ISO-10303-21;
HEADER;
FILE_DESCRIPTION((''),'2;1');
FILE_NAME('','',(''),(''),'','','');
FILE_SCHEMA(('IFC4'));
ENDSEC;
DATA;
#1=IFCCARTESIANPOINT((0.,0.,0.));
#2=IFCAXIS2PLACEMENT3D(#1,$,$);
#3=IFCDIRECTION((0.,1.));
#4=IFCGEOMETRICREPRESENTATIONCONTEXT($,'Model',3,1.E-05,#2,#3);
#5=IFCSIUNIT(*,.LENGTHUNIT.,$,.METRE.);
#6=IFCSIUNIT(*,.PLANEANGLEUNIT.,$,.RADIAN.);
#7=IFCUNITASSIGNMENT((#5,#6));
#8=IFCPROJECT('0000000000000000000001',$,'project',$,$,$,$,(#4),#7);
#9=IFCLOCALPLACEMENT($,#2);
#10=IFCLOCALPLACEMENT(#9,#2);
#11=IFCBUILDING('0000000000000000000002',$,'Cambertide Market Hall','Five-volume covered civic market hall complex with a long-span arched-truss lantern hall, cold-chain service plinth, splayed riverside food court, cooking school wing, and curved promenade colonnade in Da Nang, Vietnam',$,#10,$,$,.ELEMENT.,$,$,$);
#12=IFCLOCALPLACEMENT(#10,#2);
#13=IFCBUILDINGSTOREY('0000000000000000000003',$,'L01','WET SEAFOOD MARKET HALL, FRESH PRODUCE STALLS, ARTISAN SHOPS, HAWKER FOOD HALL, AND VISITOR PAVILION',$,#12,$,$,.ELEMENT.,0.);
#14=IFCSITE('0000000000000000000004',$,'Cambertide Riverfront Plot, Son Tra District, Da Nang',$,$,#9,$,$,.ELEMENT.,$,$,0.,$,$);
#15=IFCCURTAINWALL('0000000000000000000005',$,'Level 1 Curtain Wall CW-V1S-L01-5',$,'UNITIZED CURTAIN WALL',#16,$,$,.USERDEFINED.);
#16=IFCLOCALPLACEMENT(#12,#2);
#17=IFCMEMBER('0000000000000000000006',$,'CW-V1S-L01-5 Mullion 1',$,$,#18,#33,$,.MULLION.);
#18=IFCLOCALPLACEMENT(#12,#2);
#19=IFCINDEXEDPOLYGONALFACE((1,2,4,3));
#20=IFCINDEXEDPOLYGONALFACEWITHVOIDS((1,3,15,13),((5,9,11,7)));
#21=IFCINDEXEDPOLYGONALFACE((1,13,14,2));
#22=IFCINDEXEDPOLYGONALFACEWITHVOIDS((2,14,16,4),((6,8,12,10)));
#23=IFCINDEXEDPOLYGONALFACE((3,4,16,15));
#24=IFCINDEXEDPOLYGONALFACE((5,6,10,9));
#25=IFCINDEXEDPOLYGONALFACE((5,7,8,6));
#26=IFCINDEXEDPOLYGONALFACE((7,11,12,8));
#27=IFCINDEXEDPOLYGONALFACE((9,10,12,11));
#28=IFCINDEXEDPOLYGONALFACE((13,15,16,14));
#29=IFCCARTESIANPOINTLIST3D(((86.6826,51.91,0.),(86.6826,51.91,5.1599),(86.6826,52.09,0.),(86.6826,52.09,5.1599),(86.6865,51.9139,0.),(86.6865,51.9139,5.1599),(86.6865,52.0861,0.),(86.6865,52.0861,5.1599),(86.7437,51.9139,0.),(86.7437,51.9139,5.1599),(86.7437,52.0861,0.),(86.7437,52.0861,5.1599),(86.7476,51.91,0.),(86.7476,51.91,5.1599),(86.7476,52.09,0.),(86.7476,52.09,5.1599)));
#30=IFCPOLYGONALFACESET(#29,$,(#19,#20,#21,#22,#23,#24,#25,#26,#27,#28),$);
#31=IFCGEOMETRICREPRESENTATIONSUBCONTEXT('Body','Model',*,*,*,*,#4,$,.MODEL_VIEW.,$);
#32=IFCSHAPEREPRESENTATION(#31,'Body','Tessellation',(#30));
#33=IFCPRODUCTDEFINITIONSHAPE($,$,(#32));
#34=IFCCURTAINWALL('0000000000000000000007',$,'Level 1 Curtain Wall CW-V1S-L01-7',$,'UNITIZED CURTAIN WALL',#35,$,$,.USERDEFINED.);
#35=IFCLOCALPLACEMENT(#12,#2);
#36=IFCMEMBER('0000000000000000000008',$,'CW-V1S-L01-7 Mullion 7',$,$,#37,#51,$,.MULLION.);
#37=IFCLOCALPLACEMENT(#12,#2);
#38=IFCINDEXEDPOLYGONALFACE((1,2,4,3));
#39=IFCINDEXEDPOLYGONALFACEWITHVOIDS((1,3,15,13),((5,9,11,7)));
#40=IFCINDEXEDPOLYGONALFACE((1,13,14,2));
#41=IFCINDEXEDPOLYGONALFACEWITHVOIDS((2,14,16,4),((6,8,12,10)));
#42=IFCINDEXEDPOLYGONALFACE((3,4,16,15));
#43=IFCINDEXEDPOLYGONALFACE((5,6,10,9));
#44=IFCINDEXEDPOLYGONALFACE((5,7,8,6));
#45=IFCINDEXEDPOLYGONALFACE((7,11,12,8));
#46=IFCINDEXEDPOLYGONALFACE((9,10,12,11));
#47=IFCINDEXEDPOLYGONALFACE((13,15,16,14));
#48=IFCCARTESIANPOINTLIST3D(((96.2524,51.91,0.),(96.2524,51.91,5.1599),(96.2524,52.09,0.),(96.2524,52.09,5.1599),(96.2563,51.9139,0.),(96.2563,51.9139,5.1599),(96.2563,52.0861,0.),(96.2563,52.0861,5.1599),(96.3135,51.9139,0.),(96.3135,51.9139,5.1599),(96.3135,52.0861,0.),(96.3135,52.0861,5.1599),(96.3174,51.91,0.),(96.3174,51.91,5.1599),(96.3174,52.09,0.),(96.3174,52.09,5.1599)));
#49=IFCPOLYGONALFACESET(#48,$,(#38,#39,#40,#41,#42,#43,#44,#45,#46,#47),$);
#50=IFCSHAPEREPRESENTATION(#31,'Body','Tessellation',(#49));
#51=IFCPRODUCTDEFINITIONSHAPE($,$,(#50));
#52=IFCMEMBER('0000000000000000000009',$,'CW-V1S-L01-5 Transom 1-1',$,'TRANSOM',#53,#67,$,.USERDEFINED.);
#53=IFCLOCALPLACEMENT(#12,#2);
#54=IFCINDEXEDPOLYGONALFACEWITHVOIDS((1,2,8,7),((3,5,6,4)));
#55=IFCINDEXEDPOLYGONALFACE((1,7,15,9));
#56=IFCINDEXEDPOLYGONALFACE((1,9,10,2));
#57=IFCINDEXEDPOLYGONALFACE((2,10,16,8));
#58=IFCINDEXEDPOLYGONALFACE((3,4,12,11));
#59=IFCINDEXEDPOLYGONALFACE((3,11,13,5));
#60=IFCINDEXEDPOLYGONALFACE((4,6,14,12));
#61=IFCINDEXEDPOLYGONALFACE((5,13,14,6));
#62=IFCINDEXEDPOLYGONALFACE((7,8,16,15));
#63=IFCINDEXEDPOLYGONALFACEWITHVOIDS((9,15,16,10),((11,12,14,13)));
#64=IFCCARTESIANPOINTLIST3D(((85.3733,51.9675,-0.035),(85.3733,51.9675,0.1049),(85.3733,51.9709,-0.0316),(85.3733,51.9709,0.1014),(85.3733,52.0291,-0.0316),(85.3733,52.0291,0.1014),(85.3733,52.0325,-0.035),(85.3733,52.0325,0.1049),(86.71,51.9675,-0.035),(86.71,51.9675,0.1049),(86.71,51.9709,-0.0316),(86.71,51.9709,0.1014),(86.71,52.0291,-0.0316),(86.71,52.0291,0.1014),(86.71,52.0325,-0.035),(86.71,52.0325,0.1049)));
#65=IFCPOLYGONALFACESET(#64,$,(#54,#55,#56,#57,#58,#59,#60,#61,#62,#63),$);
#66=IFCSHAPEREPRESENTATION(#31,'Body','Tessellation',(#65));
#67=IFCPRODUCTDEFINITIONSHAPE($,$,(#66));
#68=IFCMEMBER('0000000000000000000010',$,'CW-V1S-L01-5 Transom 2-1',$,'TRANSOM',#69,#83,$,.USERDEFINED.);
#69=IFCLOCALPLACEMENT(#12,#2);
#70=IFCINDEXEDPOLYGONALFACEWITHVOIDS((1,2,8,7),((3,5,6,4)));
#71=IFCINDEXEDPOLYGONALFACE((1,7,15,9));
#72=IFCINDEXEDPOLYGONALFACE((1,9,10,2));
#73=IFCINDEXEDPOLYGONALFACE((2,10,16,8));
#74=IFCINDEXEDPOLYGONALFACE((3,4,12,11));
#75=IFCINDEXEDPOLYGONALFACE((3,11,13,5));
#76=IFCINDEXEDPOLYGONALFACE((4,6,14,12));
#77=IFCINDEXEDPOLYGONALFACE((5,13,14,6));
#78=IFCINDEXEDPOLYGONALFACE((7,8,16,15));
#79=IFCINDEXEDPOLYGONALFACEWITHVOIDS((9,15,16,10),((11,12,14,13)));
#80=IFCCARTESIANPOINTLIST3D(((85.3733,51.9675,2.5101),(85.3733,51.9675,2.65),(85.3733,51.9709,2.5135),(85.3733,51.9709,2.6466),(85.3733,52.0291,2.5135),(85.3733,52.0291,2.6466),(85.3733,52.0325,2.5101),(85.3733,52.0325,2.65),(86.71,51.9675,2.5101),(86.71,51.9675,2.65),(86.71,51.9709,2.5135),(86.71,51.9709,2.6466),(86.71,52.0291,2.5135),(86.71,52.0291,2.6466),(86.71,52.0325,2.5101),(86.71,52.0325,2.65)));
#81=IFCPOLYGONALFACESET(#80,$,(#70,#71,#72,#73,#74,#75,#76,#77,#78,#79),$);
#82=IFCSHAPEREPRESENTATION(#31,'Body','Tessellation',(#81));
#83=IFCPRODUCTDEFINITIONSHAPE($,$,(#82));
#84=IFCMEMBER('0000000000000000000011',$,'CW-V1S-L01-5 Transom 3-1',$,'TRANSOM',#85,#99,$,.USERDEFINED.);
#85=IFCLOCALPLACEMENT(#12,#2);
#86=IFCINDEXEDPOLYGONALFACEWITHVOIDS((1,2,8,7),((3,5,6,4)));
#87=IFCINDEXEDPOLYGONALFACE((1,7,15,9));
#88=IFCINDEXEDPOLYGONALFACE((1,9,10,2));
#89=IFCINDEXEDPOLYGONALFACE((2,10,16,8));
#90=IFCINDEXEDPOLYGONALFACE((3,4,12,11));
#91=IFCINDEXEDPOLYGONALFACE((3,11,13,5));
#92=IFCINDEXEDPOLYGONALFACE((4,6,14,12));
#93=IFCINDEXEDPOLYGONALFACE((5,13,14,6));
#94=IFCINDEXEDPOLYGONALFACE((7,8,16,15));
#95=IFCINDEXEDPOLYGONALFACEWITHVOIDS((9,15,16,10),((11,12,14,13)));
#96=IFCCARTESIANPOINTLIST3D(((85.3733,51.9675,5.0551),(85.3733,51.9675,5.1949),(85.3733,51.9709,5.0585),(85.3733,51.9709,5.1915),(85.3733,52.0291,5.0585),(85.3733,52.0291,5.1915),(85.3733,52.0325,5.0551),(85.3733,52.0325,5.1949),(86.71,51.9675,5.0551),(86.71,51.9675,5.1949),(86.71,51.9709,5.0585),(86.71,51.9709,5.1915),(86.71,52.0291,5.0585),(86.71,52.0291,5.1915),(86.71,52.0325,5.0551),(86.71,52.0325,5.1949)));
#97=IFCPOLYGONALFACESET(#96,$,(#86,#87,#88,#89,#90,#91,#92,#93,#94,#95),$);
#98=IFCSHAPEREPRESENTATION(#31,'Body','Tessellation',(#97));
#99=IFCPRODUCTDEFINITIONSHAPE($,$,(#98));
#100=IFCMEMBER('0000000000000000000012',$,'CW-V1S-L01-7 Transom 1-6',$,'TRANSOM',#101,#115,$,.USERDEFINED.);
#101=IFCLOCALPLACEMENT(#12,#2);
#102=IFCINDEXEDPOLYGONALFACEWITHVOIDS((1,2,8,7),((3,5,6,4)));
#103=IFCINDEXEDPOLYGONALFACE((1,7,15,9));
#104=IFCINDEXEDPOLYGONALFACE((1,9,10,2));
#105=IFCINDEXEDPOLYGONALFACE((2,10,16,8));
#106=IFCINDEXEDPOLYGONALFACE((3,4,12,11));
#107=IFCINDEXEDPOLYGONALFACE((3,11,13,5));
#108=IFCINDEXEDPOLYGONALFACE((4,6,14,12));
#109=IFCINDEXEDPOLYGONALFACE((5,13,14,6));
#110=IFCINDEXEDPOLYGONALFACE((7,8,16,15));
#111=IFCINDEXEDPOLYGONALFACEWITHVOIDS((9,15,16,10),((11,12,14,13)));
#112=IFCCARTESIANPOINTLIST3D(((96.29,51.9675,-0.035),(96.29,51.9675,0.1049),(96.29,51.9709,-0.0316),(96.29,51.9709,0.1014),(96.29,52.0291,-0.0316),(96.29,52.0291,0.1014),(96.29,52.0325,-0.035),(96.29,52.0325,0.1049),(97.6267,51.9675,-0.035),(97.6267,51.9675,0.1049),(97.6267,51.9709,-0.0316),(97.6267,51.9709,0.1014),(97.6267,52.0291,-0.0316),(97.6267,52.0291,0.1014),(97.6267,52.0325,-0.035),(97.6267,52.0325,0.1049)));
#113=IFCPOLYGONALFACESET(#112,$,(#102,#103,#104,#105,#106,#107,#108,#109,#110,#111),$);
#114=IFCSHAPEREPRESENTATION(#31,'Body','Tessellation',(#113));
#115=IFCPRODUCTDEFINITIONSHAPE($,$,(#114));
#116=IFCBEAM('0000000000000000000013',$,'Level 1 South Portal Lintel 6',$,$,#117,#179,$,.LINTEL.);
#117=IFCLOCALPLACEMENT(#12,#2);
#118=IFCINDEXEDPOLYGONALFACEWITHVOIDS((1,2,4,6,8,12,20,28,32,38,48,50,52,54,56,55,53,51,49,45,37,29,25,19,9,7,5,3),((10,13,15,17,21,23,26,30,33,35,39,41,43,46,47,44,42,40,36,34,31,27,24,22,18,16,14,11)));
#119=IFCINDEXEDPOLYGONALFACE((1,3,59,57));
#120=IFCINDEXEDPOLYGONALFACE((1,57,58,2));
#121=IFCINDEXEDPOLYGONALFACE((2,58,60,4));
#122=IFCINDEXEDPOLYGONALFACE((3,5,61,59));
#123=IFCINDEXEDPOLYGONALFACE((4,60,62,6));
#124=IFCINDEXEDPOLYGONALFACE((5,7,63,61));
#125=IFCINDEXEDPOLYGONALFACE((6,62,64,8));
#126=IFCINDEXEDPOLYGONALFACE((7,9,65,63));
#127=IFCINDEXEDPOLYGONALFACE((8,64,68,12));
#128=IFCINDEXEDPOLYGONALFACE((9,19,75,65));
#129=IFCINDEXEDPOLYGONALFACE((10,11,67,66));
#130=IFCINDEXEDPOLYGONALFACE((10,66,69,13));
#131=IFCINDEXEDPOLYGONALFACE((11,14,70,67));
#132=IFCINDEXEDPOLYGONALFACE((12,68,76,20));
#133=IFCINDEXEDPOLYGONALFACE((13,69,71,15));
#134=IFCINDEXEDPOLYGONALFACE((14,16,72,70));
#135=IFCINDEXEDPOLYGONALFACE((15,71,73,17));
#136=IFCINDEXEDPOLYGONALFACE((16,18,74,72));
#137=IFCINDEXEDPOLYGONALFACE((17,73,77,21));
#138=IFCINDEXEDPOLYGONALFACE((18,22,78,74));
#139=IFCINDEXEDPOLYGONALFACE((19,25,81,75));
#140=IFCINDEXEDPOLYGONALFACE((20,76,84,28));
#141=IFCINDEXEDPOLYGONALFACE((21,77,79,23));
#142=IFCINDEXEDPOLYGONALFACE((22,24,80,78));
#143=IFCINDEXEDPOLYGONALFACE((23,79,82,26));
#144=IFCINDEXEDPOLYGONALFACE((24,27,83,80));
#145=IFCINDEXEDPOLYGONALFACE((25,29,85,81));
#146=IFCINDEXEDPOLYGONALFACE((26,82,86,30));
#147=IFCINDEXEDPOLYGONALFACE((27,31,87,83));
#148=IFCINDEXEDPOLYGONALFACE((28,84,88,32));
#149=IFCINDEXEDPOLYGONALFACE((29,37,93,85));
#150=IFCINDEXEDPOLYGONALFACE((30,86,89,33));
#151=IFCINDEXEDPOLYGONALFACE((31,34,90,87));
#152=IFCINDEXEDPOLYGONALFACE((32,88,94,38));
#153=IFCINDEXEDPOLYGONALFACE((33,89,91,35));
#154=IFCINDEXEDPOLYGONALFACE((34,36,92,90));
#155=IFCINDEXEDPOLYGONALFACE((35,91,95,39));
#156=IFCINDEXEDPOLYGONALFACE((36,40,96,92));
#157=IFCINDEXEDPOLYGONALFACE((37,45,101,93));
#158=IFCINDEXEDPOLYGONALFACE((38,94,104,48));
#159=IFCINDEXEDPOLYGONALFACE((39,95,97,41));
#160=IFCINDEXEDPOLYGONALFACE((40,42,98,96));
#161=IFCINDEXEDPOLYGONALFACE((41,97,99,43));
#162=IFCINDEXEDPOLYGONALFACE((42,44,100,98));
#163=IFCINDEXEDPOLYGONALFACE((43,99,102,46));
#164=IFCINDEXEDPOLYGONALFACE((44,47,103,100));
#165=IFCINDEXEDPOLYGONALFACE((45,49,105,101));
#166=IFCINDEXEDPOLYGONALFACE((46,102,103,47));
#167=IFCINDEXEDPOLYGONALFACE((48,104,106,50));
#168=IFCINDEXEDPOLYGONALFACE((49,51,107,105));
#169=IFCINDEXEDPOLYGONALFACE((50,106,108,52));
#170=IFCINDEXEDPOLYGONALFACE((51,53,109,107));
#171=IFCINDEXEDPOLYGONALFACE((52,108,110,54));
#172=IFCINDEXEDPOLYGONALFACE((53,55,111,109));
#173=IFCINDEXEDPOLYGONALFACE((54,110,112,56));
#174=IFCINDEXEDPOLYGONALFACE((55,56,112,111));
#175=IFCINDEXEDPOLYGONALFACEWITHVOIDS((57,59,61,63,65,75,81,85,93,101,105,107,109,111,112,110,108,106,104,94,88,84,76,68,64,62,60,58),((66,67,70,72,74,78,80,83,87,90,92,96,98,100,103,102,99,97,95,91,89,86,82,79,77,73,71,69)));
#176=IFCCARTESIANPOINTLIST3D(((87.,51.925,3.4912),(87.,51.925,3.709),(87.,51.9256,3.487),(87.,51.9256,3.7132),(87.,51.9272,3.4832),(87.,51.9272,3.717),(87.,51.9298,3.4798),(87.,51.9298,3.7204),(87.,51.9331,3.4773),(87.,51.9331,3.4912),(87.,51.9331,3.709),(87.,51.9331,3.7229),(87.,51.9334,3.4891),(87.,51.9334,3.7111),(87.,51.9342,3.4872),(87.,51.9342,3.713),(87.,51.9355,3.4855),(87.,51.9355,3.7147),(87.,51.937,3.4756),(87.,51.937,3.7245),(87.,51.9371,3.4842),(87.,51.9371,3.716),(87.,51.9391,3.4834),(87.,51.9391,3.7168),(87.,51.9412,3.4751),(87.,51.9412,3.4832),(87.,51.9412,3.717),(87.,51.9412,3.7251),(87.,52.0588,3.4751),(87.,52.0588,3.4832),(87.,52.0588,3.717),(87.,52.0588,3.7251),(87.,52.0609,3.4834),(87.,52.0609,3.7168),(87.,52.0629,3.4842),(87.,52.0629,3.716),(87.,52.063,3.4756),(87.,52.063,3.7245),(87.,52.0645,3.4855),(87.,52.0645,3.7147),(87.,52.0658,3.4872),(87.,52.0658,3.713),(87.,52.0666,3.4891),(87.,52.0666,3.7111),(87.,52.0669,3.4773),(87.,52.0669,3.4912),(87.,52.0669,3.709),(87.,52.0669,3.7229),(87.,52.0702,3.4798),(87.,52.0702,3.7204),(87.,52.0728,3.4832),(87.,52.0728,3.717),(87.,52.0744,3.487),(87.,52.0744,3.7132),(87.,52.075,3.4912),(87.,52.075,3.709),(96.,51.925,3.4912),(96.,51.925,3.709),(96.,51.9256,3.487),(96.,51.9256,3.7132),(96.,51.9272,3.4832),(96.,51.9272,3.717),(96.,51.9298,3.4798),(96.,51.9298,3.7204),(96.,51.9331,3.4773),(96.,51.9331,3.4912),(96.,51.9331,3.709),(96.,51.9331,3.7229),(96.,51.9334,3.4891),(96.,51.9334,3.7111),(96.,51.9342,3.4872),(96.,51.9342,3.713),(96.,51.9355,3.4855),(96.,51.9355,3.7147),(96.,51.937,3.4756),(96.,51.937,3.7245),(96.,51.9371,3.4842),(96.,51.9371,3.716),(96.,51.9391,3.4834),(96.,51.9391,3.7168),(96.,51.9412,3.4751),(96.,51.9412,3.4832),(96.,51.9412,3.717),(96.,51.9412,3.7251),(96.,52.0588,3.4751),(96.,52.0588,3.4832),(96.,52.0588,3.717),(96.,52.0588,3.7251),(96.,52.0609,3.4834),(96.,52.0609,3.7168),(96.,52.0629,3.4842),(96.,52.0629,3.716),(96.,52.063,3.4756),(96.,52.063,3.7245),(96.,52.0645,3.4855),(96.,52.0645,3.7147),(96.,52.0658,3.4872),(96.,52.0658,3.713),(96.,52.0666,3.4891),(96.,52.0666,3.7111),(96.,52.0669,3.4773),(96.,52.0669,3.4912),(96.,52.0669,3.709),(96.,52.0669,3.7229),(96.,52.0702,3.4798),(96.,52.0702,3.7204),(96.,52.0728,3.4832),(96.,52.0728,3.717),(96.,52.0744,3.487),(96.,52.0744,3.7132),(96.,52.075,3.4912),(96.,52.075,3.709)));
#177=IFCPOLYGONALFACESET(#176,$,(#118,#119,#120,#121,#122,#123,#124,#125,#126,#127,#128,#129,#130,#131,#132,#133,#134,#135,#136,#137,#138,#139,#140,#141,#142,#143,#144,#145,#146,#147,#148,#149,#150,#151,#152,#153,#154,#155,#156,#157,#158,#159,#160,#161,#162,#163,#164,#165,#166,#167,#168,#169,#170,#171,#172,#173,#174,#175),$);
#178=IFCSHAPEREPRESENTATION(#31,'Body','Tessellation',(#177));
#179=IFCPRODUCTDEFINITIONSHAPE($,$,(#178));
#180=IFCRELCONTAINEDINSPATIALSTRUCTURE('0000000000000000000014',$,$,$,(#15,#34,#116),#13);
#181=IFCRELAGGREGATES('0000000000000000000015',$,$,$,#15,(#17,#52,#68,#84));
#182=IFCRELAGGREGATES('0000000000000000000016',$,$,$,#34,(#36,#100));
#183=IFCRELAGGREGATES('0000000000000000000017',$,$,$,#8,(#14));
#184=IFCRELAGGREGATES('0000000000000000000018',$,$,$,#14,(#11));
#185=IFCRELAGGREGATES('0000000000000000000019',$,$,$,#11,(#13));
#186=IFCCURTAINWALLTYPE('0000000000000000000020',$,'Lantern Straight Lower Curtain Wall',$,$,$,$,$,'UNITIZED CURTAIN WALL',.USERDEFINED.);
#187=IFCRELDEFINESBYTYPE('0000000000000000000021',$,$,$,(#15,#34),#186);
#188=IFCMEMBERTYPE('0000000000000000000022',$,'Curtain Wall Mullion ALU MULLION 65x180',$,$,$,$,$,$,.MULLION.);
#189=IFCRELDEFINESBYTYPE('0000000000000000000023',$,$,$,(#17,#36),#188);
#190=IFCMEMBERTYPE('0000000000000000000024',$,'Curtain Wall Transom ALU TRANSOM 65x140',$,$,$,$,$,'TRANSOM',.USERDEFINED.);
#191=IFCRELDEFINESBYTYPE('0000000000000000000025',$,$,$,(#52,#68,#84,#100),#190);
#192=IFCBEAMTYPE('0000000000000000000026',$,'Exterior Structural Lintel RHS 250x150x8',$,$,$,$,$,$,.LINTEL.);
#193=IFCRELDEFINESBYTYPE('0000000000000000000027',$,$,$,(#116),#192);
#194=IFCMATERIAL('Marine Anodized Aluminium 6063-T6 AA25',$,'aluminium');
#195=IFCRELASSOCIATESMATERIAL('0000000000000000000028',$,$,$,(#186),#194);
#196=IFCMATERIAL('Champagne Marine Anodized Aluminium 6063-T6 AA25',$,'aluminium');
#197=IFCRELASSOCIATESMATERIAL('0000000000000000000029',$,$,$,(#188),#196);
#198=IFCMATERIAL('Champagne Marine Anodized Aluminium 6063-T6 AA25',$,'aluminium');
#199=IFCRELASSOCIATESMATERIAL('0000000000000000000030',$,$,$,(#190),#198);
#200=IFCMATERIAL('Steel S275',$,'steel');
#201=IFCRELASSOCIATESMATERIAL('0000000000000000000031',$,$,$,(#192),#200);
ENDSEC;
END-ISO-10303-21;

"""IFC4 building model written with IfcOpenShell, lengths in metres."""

from ifc_helpers import new_model, si_unit, direction, frame, origin, origin_2d, place, context, subcontext, project, spatial, hollow_rectangle, extrude, material, material_profile, profile_set, type_object, element, aggregate, save


model = new_model("IFC4")

# Units and contexts
model_context = context("Model", 3, precision=1e-05, world=origin(), true_north=direction((0.0, 1.0)))
body_context = subcontext(model_context, "Body", "Model", "MODEL_VIEW")
ifc_project = project(units=[si_unit("LENGTHUNIT", "METRE"), si_unit("PLANEANGLEUNIT", "RADIAN")], contexts=[model_context])

# Site, building, storey
site_placement = place(None, origin())
site = spatial("IfcSite", under=ifc_project, at=site_placement, Name="Cambertide Riverfront Plot, Son Tra District, Da Nang", CompositionType="ELEMENT", RefElevation=0.0)
building_placement = place(site_placement, origin())
building = spatial("IfcBuilding", under=site, at=building_placement, Name="Cambertide Market Hall", Description="Five-volume covered civic market hall complex with a long-span arched-truss lantern hall, cold-chain service plinth, splayed riverside food court, cooking school wing, and curved promenade colonnade in Da Nang, Vietnam", CompositionType="ELEMENT")
storey_placement = place(building_placement, origin())
storey = spatial("IfcBuildingStorey", under=building, at=storey_placement, Name="L01", Description="WET SEAFOOD MARKET HALL, FRESH PRODUCE STALLS, ARTISAN SHOPS, HAWKER FOOD HALL, AND VISITOR PAVILION", CompositionType="ELEMENT", Elevation=0.0)

# Curtain walls, members
ifc_material_1 = material(Name="Marine Anodized Aluminium 6063-T6 AA25", Category="aluminium")
curtain_wall_type = type_object("IfcCurtainWallType", Name="Lantern Straight Lower Curtain Wall", ElementType="UNITIZED CURTAIN WALL", PredefinedType="USERDEFINED", material=ifc_material_1)
curtain_wall_1_placement = place(storey_placement, origin())
curtain_wall_1 = element("IfcCurtainWall", 1, at=curtain_wall_1_placement, inside=storey, type_object=curtain_wall_type, Name="Level 1 Curtain Wall CW-V1S-L01-5", ObjectType="UNITIZED CURTAIN WALL", PredefinedType="USERDEFINED")
ifc_material_2 = material(Name="Champagne Marine Anodized Aluminium 6063-T6 AA25", Category="aluminium")
ifc_material_profile_1 = material_profile(ifc_material_2, hollow_rectangle(XDim=0.0649, YDim=0.1799, WallThickness=0.0039, at=origin_2d()), Name="ALU MULLION 65x180")
ifc_profile_set_1 = profile_set([ifc_material_profile_1], Name="Champagne Marine Anodized Aluminium 6063-T6 AA25")
member_type_1 = type_object("IfcMemberType", Name="Curtain Wall Mullion ALU MULLION 65x180", PredefinedType="MULLION", material=ifc_profile_set_1)
member_1_placement = place(storey_placement, frame((86.7151, 52.0, 0.0), z_axis=(0.0, 0.0, 1.0), x_axis=(-1.0, 0.0, 0.0)))
member_1 = element("IfcMember", 2, at=member_1_placement, type_object=member_type_1, Name="CW-V1S-L01-5 Mullion 1", PredefinedType="MULLION", context=body_context, shape_type="SweptSolid", body=[
    extrude(hollow_rectangle(XDim=0.0649, YDim=0.1799, WallThickness=0.0039, at=origin_2d()), origin(), (0.0, 0.0, 1.0), 5.1599),
])
curtain_wall_2_placement = place(storey_placement, origin())
curtain_wall_2 = element("IfcCurtainWall", 3, at=curtain_wall_2_placement, inside=storey, type_object=curtain_wall_type, Name="Level 1 Curtain Wall CW-V1S-L01-7", ObjectType="UNITIZED CURTAIN WALL", PredefinedType="USERDEFINED")
member_2_placement = place(storey_placement, frame((96.2849, 52.0, 0.0), z_axis=(0.0, 0.0, 1.0), x_axis=(-1.0, 0.0, 0.0)))
member_2 = element("IfcMember", 4, at=member_2_placement, type_object=member_type_1, Name="CW-V1S-L01-7 Mullion 7", PredefinedType="MULLION", context=body_context, shape_type="SweptSolid", body=[
    extrude(hollow_rectangle(XDim=0.0649, YDim=0.1799, WallThickness=0.0039, at=origin_2d()), origin(), (0.0, 0.0, 1.0), 5.1599),
])

# Members
ifc_material_3 = material(Name="Champagne Marine Anodized Aluminium 6063-T6 AA25", Category="aluminium")
ifc_material_profile_2 = material_profile(ifc_material_3, hollow_rectangle(XDim=0.0649, YDim=0.1399, WallThickness=0.0034, at=origin_2d()), Name="ALU TRANSOM 65x140")
ifc_profile_set_2 = profile_set([ifc_material_profile_2], Name="Champagne Marine Anodized Aluminium 6063-T6 AA25")
member_type_2 = type_object("IfcMemberType", Name="Curtain Wall Transom ALU TRANSOM 65x140", ElementType="TRANSOM", PredefinedType="USERDEFINED", material=ifc_profile_set_2)
member_3_placement = place(storey_placement, frame((86.71, 52.0, 0.0349), z_axis=(-1.0, 0.0, 0.0), x_axis=(0.0, -1.0, 0.0)))
member_3 = element("IfcMember", 5, at=member_3_placement, type_object=member_type_2, Name="CW-V1S-L01-5 Transom 1-1", ObjectType="TRANSOM", PredefinedType="USERDEFINED", context=body_context, shape_type="SweptSolid", body=[
    extrude(hollow_rectangle(XDim=0.0649, YDim=0.1399, WallThickness=0.0034, at=origin_2d()), origin(), (0.0, 0.0, 1.0), 1.3367),
])
member_4_placement = place(storey_placement, frame((86.71, 52.0, 2.5801), z_axis=(-1.0, 0.0, 0.0), x_axis=(0.0, -1.0, 0.0)))
member_4 = element("IfcMember", 6, at=member_4_placement, type_object=member_type_2, Name="CW-V1S-L01-5 Transom 2-1", ObjectType="TRANSOM", PredefinedType="USERDEFINED", context=body_context, shape_type="SweptSolid", body=[
    extrude(hollow_rectangle(XDim=0.0649, YDim=0.1399, WallThickness=0.0034, at=origin_2d()), origin(), (0.0, 0.0, 1.0), 1.3367),
])
member_5_placement = place(storey_placement, frame((86.71, 52.0, 5.125), z_axis=(-1.0, 0.0, 0.0), x_axis=(0.0, -1.0, 0.0)))
member_5 = element("IfcMember", 7, at=member_5_placement, type_object=member_type_2, Name="CW-V1S-L01-5 Transom 3-1", ObjectType="TRANSOM", PredefinedType="USERDEFINED", context=body_context, shape_type="SweptSolid", body=[
    extrude(hollow_rectangle(XDim=0.0649, YDim=0.1399, WallThickness=0.0034, at=origin_2d()), origin(), (0.0, 0.0, 1.0), 1.3367),
])
aggregate(curtain_wall_1, [member_1, member_3, member_4, member_5])
member_6_placement = place(storey_placement, frame((97.6267, 52.0, 0.0349), z_axis=(-1.0, 0.0, 0.0), x_axis=(0.0, -1.0, 0.0)))
member_6 = element("IfcMember", 8, at=member_6_placement, type_object=member_type_2, Name="CW-V1S-L01-7 Transom 1-6", ObjectType="TRANSOM", PredefinedType="USERDEFINED", context=body_context, shape_type="SweptSolid", body=[
    extrude(hollow_rectangle(XDim=0.0649, YDim=0.1399, WallThickness=0.0034, at=origin_2d()), origin(), (0.0, 0.0, 1.0), 1.3367),
])

# Beam
ifc_material_4 = material(Name="Steel S275", Category="steel")
ifc_material_profile_3 = material_profile(ifc_material_4, hollow_rectangle(XDim=0.1499, YDim=0.25, WallThickness=0.0081, InnerFilletRadius=0.0081, OuterFilletRadius=0.0161, at=origin_2d()), Name="RHS 250x150x8")
ifc_profile_set_3 = profile_set([ifc_material_profile_3], Name="Steel S275")
beam_type_1 = type_object("IfcBeamType", Name="Exterior Structural Lintel RHS 250x150x8", PredefinedType="LINTEL", material=ifc_profile_set_3)
beam_1_placement = place(storey_placement, frame((87.0, 52.0, 3.6001), z_axis=(1.0, 0.0, 0.0), x_axis=(0.0, 1.0, 0.0)))
element("IfcBeam", 9, at=beam_1_placement, inside=storey, type_object=beam_type_1, Name="Level 1 South Portal Lintel 6", PredefinedType="LINTEL", context=body_context, shape_type="SweptSolid", body=[
    extrude(hollow_rectangle(XDim=0.1499, YDim=0.25, WallThickness=0.0081, InnerFilletRadius=0.0081, OuterFilletRadius=0.0161, at=origin_2d()), origin(), (0.0, 0.0, 1.0), 9.0),
])

aggregate(curtain_wall_2, [member_2, member_6])

save(model, "model.ifc")
